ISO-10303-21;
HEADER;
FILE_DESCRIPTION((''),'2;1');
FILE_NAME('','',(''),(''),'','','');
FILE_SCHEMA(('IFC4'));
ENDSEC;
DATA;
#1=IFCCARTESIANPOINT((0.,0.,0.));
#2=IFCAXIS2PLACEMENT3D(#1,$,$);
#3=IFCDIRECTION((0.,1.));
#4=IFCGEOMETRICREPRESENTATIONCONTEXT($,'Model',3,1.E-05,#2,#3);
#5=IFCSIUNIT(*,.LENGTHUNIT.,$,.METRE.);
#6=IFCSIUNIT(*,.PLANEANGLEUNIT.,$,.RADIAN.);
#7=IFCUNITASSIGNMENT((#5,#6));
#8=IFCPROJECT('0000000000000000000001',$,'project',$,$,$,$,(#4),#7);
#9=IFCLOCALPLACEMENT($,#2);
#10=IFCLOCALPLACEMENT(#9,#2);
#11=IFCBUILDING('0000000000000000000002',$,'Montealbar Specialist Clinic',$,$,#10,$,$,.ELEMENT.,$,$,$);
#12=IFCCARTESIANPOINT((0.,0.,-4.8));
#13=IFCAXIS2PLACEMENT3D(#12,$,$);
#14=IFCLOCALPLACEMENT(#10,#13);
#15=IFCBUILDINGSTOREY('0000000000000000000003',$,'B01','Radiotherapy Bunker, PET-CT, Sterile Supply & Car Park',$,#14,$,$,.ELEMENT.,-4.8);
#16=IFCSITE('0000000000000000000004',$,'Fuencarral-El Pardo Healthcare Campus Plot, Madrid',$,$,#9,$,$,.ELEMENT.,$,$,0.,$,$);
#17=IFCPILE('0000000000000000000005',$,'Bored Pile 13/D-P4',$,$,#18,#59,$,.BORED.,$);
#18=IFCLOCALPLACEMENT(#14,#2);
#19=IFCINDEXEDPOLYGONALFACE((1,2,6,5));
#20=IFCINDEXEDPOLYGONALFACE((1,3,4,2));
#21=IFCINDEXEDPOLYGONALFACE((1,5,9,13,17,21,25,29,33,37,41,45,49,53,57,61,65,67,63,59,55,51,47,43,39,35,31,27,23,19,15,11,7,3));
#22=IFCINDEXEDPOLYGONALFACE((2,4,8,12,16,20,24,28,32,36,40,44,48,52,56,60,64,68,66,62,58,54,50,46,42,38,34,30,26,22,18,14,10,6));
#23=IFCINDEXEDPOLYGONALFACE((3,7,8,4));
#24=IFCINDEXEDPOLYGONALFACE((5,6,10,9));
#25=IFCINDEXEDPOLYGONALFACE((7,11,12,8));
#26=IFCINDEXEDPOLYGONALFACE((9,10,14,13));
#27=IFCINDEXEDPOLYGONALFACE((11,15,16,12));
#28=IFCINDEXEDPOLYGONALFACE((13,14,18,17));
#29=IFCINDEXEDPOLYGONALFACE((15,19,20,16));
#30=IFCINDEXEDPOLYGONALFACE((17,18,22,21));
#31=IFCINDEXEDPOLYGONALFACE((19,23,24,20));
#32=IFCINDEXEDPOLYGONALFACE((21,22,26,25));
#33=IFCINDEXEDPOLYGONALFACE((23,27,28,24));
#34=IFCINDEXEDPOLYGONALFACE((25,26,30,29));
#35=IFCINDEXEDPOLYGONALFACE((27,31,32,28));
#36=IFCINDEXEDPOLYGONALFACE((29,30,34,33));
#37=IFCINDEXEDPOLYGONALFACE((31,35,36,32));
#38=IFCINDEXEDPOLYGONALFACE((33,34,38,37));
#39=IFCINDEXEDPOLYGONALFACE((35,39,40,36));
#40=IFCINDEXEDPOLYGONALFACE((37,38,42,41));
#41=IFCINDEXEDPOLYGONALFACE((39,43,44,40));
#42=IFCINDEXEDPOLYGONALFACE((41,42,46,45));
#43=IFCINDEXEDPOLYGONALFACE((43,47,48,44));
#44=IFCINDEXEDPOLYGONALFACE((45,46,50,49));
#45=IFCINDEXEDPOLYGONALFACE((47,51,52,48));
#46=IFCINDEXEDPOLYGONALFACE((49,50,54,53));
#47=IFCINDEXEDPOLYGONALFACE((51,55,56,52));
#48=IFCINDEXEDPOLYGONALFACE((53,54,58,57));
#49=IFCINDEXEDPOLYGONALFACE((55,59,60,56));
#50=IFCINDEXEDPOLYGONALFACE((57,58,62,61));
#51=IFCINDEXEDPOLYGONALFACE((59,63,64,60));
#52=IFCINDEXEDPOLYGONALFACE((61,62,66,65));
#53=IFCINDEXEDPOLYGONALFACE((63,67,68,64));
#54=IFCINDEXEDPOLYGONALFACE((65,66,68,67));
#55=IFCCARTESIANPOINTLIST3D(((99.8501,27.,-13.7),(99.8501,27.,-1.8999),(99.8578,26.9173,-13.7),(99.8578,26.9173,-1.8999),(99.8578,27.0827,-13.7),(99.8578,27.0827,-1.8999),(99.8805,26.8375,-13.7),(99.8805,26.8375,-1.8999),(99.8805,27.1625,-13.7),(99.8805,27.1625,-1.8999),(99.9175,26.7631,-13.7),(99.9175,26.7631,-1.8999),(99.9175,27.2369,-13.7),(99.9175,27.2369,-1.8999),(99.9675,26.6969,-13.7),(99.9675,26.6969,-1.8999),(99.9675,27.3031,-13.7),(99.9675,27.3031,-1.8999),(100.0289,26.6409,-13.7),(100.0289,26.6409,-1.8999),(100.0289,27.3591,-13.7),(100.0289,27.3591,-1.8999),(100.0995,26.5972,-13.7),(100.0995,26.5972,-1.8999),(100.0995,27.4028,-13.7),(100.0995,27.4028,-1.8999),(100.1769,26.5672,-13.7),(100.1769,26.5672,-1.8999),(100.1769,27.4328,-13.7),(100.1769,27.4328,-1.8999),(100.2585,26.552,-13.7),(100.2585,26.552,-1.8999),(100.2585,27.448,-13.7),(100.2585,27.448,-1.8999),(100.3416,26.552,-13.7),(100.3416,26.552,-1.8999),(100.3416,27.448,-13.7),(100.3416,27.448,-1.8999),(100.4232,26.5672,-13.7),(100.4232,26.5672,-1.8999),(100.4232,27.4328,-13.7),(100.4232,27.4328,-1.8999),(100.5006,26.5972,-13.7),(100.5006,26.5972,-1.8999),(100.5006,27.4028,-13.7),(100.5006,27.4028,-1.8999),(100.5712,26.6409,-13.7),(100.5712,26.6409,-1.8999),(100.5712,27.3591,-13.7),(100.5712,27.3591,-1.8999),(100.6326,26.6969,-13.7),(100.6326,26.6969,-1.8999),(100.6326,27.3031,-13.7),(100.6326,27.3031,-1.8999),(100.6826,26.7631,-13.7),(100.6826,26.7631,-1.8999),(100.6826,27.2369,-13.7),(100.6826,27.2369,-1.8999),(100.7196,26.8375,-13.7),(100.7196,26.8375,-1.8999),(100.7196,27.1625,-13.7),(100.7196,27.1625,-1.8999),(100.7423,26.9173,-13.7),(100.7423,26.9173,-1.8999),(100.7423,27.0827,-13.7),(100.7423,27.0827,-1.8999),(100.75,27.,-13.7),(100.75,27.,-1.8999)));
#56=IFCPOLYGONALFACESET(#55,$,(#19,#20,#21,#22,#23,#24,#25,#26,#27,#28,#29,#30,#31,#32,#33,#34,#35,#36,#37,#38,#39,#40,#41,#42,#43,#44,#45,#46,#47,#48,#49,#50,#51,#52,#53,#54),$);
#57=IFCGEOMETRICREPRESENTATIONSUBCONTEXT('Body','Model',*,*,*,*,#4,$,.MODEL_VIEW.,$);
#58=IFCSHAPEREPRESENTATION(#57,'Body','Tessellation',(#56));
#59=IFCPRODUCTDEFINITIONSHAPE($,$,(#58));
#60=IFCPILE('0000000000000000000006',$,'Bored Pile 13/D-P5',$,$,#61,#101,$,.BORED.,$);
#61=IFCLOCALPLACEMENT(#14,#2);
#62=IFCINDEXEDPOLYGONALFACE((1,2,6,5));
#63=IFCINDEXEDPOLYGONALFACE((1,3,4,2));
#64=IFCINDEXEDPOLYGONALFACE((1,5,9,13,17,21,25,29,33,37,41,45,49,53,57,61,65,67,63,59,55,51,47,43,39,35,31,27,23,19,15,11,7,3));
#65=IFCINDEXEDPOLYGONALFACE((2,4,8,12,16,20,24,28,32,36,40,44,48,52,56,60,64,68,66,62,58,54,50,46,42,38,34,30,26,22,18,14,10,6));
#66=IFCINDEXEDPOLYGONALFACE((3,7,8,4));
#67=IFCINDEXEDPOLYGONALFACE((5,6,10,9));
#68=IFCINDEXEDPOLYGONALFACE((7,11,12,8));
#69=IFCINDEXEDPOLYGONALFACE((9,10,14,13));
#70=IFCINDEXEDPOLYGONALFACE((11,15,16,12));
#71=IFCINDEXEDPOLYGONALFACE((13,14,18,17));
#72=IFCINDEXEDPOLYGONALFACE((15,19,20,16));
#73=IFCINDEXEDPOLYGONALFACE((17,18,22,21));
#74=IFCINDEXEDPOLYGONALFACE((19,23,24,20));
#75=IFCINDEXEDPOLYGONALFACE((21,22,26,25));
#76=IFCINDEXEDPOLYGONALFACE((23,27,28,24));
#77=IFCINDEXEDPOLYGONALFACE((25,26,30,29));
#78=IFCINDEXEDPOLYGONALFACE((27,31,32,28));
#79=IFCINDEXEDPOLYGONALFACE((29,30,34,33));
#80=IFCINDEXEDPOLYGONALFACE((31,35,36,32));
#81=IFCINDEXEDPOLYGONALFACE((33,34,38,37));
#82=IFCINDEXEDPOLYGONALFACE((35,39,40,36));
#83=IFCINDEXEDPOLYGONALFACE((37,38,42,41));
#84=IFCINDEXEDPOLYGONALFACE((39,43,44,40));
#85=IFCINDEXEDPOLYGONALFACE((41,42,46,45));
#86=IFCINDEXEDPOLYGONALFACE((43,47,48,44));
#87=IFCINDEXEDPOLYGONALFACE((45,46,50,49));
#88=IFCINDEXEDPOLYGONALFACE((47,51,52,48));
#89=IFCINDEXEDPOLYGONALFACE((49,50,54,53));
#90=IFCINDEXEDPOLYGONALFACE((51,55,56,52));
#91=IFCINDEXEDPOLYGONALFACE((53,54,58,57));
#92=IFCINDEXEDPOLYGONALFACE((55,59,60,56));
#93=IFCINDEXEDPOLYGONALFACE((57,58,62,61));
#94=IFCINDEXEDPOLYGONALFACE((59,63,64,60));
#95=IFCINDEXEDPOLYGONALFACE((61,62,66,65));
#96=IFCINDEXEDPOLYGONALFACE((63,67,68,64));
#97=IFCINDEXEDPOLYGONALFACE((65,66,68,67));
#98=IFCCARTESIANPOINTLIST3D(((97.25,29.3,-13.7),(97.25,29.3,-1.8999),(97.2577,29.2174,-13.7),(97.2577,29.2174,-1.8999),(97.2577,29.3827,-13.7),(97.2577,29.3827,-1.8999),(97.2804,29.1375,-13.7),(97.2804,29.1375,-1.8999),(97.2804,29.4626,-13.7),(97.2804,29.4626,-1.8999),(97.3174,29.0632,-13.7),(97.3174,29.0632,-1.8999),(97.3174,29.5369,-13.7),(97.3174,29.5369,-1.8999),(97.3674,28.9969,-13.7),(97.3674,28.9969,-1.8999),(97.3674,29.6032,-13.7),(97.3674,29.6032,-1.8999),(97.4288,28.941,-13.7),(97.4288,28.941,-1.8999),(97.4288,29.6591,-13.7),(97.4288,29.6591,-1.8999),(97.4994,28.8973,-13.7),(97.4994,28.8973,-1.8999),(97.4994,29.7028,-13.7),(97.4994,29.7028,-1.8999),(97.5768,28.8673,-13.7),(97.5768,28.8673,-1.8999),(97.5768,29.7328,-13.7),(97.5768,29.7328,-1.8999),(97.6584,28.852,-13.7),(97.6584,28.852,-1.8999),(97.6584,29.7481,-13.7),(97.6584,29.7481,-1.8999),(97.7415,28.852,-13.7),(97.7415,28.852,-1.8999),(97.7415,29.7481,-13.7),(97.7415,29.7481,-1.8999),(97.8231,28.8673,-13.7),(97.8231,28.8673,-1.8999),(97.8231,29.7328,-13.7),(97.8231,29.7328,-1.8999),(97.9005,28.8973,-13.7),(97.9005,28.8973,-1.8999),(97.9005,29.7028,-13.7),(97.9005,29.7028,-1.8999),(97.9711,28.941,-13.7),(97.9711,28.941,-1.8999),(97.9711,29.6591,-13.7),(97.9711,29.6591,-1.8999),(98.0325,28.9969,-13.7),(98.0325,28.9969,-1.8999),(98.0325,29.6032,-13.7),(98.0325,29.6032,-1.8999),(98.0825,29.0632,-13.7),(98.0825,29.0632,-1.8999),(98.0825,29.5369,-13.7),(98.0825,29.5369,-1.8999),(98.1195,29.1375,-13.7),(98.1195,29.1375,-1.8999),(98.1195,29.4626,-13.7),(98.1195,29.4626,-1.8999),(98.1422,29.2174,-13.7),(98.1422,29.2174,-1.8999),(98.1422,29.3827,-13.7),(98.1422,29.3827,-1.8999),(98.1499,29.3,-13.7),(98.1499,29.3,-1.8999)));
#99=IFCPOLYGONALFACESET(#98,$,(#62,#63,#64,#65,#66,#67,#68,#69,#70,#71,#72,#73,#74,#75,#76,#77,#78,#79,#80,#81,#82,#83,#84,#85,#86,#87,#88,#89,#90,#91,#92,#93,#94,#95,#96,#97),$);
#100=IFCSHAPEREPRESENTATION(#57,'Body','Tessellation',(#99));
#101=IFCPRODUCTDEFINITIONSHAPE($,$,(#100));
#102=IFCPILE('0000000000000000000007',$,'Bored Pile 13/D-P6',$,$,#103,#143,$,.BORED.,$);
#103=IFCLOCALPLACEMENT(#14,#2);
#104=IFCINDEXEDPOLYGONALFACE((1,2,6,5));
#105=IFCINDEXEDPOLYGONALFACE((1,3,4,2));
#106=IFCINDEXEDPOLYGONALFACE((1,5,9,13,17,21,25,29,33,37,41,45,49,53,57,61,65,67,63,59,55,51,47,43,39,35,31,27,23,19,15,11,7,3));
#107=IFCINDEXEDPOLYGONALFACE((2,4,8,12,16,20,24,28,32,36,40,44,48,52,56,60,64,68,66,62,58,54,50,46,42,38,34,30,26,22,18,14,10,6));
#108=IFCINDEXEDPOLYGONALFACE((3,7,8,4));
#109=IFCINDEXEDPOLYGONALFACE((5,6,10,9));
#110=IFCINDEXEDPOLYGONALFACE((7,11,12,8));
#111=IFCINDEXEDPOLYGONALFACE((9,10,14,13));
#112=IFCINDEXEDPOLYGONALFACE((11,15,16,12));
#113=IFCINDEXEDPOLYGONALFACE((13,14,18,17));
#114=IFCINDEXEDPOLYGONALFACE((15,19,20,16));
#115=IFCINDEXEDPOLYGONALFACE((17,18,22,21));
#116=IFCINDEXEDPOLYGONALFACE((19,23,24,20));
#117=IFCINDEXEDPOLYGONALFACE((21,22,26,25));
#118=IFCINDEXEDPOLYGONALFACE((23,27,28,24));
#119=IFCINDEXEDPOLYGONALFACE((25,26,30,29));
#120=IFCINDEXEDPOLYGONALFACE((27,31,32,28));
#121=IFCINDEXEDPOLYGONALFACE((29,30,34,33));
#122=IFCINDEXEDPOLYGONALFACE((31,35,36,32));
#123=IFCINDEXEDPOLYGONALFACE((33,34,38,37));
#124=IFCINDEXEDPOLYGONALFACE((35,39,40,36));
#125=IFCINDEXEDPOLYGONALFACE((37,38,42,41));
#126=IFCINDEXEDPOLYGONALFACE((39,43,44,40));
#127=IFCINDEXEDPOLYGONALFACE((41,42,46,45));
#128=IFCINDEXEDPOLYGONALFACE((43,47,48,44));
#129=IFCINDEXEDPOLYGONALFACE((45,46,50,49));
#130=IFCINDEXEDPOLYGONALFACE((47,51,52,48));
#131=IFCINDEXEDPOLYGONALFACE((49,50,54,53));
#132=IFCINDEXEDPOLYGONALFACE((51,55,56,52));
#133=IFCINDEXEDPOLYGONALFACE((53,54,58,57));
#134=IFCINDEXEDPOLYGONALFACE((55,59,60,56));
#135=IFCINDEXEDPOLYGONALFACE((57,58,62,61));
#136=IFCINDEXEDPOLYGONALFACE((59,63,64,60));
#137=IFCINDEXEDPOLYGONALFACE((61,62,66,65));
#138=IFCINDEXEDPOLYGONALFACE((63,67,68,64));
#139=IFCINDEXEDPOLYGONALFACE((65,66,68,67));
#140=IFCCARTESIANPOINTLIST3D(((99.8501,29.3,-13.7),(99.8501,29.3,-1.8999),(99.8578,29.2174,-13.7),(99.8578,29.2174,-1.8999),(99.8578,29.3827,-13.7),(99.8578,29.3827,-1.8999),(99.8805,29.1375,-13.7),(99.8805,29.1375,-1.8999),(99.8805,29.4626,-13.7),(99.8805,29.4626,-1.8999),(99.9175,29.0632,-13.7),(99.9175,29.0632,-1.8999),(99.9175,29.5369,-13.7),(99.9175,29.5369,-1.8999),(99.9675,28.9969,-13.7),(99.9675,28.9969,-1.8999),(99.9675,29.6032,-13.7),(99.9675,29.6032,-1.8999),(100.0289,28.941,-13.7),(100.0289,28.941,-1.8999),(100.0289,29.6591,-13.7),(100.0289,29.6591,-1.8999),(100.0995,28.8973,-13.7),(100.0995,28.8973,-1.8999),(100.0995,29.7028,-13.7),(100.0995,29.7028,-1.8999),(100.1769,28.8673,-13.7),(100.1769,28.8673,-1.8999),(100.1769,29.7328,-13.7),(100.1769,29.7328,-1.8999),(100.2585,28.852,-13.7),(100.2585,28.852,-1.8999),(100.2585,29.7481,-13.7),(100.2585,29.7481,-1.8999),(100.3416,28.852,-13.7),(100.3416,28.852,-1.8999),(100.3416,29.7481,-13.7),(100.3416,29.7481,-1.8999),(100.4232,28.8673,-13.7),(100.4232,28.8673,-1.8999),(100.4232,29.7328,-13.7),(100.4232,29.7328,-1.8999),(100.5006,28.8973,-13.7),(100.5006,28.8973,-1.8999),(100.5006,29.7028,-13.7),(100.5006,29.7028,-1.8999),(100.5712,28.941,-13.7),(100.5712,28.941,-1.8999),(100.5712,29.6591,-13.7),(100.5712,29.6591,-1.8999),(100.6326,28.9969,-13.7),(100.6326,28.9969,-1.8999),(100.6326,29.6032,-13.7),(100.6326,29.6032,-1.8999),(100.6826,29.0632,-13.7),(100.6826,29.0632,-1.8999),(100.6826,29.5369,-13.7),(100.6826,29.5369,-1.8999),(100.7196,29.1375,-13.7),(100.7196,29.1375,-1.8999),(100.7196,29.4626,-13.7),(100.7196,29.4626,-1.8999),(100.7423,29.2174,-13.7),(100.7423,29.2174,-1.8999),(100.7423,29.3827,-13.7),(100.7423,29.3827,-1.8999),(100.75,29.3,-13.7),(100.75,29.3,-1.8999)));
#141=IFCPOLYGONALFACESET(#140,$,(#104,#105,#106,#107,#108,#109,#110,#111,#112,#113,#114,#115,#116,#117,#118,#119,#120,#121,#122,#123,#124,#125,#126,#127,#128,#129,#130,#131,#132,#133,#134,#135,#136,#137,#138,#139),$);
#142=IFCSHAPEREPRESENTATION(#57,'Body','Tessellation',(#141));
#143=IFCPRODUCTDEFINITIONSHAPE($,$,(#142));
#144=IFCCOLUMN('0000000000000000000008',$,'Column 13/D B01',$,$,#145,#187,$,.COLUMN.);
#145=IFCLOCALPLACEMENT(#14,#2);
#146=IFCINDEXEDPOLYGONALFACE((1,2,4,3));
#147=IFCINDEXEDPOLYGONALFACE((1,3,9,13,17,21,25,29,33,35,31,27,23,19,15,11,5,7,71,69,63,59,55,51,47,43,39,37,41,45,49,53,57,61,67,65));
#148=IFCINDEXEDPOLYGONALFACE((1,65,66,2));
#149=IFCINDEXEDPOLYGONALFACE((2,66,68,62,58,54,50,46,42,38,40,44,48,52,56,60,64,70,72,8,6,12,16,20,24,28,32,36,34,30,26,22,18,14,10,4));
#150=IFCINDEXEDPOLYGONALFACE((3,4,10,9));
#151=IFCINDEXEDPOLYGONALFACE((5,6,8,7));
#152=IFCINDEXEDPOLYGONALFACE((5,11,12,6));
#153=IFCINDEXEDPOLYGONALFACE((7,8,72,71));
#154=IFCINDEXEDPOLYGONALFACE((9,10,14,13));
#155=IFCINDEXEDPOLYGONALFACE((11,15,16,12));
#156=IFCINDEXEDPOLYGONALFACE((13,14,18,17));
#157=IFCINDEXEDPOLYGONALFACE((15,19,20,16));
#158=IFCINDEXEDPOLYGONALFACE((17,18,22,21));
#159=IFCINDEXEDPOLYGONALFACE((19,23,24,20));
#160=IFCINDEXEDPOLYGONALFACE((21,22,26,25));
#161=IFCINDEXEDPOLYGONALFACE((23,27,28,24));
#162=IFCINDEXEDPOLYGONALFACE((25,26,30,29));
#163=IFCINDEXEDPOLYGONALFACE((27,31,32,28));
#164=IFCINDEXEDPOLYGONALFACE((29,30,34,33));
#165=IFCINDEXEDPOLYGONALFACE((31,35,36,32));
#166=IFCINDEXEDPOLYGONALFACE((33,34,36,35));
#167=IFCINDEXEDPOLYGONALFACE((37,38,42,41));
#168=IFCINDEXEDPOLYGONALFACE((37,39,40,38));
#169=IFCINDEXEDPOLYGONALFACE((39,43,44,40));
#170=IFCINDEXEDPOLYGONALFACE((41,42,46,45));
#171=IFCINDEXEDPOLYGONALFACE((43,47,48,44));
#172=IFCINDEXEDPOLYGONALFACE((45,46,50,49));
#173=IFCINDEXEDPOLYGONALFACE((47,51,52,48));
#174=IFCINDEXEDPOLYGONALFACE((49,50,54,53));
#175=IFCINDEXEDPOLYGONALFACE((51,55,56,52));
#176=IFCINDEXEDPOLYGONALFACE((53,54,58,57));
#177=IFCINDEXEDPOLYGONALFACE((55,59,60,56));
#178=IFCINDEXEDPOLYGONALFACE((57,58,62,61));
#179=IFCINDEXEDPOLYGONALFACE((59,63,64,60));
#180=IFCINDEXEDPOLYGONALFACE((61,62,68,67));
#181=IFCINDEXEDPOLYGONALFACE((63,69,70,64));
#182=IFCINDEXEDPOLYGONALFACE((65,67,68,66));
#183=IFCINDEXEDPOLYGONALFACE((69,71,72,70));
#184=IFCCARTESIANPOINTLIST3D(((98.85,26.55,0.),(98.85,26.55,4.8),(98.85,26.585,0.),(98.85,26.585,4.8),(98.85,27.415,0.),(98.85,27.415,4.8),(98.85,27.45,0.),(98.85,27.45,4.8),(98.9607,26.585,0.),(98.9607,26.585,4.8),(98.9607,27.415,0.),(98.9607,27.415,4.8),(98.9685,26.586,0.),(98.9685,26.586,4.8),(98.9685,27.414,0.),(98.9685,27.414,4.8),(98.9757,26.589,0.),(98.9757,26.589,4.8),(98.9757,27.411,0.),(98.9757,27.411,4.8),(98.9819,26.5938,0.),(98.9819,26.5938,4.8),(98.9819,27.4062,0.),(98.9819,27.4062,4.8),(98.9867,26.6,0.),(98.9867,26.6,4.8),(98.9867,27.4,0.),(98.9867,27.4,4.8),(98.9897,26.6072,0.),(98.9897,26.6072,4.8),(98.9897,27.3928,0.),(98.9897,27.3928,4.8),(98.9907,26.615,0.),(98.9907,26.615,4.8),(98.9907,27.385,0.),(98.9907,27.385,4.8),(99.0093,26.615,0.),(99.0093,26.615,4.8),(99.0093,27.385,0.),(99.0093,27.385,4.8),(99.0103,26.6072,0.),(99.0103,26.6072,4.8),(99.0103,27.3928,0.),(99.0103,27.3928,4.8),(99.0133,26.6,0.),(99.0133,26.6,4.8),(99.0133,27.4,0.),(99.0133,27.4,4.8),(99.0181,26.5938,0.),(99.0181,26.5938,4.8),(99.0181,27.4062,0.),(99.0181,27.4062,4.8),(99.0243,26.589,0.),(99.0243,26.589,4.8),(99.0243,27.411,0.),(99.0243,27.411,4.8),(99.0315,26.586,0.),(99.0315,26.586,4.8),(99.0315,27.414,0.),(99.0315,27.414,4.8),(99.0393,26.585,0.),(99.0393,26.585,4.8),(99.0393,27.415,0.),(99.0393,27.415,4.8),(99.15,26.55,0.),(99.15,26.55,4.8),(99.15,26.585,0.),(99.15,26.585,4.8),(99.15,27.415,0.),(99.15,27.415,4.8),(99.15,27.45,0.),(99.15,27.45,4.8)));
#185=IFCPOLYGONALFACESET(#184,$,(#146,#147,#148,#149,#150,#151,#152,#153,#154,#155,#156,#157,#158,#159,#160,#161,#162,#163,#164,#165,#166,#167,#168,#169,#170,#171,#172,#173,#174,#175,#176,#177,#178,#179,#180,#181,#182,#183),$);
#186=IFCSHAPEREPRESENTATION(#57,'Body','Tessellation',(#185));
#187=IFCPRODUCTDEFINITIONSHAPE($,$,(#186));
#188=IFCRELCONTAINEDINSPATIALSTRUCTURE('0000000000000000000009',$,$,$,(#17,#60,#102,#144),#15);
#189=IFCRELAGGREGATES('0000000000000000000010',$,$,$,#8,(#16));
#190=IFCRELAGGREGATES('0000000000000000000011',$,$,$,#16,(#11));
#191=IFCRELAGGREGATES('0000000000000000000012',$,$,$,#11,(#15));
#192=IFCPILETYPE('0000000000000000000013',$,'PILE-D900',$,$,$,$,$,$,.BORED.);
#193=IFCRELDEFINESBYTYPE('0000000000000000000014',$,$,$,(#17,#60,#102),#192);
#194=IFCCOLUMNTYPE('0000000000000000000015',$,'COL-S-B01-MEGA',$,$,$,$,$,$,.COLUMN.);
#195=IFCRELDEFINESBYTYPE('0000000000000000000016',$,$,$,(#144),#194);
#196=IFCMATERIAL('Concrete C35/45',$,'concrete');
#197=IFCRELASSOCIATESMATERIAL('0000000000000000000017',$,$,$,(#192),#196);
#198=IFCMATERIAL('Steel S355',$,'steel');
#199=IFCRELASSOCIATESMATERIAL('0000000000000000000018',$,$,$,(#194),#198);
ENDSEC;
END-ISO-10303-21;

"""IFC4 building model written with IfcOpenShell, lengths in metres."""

from ifc_helpers import new_model, si_unit, direction, frame, origin, origin_2d, place, context, subcontext, project, spatial, circle, i_section, extrude, material, material_profile, profile_set, type_object, element, save


model = new_model("IFC4")

# Units and contexts
model_context = context("Model", 3, precision=1e-05, world=origin(), true_north=direction((0.0, 1.0)))
body_context = subcontext(model_context, "Body", "Model", "MODEL_VIEW")
ifc_project = project(units=[si_unit("LENGTHUNIT", "METRE"), si_unit("PLANEANGLEUNIT", "RADIAN")], contexts=[model_context])

# Site, building, storey
site_placement = place(None, origin())
site = spatial("IfcSite", under=ifc_project, at=site_placement, Name="Fuencarral-El Pardo Healthcare Campus Plot, Madrid", CompositionType="ELEMENT", RefElevation=0.0)
building_placement = place(site_placement, origin())
building = spatial("IfcBuilding", under=site, at=building_placement, Name="Montealbar Specialist Clinic", CompositionType="ELEMENT")
storey_placement = place(building_placement, frame((0.0, 0.0, -4.8)))
storey = spatial("IfcBuildingStorey", under=building, at=storey_placement, Name="B01", Description="Radiotherapy Bunker, PET-CT, Sterile Supply & Car Park", CompositionType="ELEMENT", Elevation=-4.8)

# Shared definitions
ifc_material_1 = material(Name="Concrete C35/45", Category="concrete")

# Piles
ifc_material_profile_1 = material_profile(ifc_material_1, circle(Radius=0.45, at=origin_2d()), Name="PILE D900", Category="concrete")
ifc_profile_set_1 = profile_set([ifc_material_profile_1], Name="Concrete C35/45")
pile_type_1 = type_object("IfcPileType", Name="PILE-D900", PredefinedType="BORED", material=ifc_profile_set_1)
for number, where, z_axis, x_axis, name in (
    (1, (100.3, 27.0, -1.8999), (0.0, 0.0, -1.0), (1.0, 0.0, 0.0), "Bored Pile 13/D-P4"),
    (2, (97.7, 29.3, -1.8999), (0.0, 0.0, -1.0), (1.0, 0.0, 0.0), "Bored Pile 13/D-P5"),
    (3, (100.3, 29.3, -1.8999), (0.0, 0.0, -1.0), (1.0, 0.0, 0.0), "Bored Pile 13/D-P6"),
):
    element("IfcPile", number, at=place(storey_placement, frame(where, z_axis=z_axis, x_axis=x_axis)), inside=storey, type_object=pile_type_1, Name=name, PredefinedType="BORED", context=body_context, shape_type="SweptSolid", body=[
        extrude(circle(Radius=0.45, at=origin_2d()), origin(), (0.0, 0.0, 1.0), 11.8),
    ])

# Column
ifc_material_2 = material(Name="Steel S355", Category="steel")
ifc_material_profile_2 = material_profile(ifc_material_2, i_section(OverallWidth=0.3, OverallDepth=0.8999, WebThickness=0.0186, FlangeThickness=0.0349, FilletRadius=0.03, at=origin_2d()), Name="HEB 900", Category="steel")
ifc_profile_set_2 = profile_set([ifc_material_profile_2], Name="Steel S355")
column_type = type_object("IfcColumnType", Name="COL-S-B01-MEGA", PredefinedType="COLUMN", material=ifc_profile_set_2)
column_placement = place(storey_placement, frame((99.0, 27.0, 0.0), z_axis=(0.0, 0.0, 1.0), x_axis=(1.0, 0.0, 0.0)))
element("IfcColumn", 4, at=column_placement, inside=storey, type_object=column_type, Name="Column 13/D B01", PredefinedType="COLUMN", context=body_context, shape_type="SweptSolid", body=[
    extrude(i_section(OverallWidth=0.3, OverallDepth=0.8999, WebThickness=0.0186, FlangeThickness=0.0349, FilletRadius=0.03, at=origin_2d()), origin(), (0.0, 0.0, 1.0), 4.8),
])

save(model, "model.ifc")
